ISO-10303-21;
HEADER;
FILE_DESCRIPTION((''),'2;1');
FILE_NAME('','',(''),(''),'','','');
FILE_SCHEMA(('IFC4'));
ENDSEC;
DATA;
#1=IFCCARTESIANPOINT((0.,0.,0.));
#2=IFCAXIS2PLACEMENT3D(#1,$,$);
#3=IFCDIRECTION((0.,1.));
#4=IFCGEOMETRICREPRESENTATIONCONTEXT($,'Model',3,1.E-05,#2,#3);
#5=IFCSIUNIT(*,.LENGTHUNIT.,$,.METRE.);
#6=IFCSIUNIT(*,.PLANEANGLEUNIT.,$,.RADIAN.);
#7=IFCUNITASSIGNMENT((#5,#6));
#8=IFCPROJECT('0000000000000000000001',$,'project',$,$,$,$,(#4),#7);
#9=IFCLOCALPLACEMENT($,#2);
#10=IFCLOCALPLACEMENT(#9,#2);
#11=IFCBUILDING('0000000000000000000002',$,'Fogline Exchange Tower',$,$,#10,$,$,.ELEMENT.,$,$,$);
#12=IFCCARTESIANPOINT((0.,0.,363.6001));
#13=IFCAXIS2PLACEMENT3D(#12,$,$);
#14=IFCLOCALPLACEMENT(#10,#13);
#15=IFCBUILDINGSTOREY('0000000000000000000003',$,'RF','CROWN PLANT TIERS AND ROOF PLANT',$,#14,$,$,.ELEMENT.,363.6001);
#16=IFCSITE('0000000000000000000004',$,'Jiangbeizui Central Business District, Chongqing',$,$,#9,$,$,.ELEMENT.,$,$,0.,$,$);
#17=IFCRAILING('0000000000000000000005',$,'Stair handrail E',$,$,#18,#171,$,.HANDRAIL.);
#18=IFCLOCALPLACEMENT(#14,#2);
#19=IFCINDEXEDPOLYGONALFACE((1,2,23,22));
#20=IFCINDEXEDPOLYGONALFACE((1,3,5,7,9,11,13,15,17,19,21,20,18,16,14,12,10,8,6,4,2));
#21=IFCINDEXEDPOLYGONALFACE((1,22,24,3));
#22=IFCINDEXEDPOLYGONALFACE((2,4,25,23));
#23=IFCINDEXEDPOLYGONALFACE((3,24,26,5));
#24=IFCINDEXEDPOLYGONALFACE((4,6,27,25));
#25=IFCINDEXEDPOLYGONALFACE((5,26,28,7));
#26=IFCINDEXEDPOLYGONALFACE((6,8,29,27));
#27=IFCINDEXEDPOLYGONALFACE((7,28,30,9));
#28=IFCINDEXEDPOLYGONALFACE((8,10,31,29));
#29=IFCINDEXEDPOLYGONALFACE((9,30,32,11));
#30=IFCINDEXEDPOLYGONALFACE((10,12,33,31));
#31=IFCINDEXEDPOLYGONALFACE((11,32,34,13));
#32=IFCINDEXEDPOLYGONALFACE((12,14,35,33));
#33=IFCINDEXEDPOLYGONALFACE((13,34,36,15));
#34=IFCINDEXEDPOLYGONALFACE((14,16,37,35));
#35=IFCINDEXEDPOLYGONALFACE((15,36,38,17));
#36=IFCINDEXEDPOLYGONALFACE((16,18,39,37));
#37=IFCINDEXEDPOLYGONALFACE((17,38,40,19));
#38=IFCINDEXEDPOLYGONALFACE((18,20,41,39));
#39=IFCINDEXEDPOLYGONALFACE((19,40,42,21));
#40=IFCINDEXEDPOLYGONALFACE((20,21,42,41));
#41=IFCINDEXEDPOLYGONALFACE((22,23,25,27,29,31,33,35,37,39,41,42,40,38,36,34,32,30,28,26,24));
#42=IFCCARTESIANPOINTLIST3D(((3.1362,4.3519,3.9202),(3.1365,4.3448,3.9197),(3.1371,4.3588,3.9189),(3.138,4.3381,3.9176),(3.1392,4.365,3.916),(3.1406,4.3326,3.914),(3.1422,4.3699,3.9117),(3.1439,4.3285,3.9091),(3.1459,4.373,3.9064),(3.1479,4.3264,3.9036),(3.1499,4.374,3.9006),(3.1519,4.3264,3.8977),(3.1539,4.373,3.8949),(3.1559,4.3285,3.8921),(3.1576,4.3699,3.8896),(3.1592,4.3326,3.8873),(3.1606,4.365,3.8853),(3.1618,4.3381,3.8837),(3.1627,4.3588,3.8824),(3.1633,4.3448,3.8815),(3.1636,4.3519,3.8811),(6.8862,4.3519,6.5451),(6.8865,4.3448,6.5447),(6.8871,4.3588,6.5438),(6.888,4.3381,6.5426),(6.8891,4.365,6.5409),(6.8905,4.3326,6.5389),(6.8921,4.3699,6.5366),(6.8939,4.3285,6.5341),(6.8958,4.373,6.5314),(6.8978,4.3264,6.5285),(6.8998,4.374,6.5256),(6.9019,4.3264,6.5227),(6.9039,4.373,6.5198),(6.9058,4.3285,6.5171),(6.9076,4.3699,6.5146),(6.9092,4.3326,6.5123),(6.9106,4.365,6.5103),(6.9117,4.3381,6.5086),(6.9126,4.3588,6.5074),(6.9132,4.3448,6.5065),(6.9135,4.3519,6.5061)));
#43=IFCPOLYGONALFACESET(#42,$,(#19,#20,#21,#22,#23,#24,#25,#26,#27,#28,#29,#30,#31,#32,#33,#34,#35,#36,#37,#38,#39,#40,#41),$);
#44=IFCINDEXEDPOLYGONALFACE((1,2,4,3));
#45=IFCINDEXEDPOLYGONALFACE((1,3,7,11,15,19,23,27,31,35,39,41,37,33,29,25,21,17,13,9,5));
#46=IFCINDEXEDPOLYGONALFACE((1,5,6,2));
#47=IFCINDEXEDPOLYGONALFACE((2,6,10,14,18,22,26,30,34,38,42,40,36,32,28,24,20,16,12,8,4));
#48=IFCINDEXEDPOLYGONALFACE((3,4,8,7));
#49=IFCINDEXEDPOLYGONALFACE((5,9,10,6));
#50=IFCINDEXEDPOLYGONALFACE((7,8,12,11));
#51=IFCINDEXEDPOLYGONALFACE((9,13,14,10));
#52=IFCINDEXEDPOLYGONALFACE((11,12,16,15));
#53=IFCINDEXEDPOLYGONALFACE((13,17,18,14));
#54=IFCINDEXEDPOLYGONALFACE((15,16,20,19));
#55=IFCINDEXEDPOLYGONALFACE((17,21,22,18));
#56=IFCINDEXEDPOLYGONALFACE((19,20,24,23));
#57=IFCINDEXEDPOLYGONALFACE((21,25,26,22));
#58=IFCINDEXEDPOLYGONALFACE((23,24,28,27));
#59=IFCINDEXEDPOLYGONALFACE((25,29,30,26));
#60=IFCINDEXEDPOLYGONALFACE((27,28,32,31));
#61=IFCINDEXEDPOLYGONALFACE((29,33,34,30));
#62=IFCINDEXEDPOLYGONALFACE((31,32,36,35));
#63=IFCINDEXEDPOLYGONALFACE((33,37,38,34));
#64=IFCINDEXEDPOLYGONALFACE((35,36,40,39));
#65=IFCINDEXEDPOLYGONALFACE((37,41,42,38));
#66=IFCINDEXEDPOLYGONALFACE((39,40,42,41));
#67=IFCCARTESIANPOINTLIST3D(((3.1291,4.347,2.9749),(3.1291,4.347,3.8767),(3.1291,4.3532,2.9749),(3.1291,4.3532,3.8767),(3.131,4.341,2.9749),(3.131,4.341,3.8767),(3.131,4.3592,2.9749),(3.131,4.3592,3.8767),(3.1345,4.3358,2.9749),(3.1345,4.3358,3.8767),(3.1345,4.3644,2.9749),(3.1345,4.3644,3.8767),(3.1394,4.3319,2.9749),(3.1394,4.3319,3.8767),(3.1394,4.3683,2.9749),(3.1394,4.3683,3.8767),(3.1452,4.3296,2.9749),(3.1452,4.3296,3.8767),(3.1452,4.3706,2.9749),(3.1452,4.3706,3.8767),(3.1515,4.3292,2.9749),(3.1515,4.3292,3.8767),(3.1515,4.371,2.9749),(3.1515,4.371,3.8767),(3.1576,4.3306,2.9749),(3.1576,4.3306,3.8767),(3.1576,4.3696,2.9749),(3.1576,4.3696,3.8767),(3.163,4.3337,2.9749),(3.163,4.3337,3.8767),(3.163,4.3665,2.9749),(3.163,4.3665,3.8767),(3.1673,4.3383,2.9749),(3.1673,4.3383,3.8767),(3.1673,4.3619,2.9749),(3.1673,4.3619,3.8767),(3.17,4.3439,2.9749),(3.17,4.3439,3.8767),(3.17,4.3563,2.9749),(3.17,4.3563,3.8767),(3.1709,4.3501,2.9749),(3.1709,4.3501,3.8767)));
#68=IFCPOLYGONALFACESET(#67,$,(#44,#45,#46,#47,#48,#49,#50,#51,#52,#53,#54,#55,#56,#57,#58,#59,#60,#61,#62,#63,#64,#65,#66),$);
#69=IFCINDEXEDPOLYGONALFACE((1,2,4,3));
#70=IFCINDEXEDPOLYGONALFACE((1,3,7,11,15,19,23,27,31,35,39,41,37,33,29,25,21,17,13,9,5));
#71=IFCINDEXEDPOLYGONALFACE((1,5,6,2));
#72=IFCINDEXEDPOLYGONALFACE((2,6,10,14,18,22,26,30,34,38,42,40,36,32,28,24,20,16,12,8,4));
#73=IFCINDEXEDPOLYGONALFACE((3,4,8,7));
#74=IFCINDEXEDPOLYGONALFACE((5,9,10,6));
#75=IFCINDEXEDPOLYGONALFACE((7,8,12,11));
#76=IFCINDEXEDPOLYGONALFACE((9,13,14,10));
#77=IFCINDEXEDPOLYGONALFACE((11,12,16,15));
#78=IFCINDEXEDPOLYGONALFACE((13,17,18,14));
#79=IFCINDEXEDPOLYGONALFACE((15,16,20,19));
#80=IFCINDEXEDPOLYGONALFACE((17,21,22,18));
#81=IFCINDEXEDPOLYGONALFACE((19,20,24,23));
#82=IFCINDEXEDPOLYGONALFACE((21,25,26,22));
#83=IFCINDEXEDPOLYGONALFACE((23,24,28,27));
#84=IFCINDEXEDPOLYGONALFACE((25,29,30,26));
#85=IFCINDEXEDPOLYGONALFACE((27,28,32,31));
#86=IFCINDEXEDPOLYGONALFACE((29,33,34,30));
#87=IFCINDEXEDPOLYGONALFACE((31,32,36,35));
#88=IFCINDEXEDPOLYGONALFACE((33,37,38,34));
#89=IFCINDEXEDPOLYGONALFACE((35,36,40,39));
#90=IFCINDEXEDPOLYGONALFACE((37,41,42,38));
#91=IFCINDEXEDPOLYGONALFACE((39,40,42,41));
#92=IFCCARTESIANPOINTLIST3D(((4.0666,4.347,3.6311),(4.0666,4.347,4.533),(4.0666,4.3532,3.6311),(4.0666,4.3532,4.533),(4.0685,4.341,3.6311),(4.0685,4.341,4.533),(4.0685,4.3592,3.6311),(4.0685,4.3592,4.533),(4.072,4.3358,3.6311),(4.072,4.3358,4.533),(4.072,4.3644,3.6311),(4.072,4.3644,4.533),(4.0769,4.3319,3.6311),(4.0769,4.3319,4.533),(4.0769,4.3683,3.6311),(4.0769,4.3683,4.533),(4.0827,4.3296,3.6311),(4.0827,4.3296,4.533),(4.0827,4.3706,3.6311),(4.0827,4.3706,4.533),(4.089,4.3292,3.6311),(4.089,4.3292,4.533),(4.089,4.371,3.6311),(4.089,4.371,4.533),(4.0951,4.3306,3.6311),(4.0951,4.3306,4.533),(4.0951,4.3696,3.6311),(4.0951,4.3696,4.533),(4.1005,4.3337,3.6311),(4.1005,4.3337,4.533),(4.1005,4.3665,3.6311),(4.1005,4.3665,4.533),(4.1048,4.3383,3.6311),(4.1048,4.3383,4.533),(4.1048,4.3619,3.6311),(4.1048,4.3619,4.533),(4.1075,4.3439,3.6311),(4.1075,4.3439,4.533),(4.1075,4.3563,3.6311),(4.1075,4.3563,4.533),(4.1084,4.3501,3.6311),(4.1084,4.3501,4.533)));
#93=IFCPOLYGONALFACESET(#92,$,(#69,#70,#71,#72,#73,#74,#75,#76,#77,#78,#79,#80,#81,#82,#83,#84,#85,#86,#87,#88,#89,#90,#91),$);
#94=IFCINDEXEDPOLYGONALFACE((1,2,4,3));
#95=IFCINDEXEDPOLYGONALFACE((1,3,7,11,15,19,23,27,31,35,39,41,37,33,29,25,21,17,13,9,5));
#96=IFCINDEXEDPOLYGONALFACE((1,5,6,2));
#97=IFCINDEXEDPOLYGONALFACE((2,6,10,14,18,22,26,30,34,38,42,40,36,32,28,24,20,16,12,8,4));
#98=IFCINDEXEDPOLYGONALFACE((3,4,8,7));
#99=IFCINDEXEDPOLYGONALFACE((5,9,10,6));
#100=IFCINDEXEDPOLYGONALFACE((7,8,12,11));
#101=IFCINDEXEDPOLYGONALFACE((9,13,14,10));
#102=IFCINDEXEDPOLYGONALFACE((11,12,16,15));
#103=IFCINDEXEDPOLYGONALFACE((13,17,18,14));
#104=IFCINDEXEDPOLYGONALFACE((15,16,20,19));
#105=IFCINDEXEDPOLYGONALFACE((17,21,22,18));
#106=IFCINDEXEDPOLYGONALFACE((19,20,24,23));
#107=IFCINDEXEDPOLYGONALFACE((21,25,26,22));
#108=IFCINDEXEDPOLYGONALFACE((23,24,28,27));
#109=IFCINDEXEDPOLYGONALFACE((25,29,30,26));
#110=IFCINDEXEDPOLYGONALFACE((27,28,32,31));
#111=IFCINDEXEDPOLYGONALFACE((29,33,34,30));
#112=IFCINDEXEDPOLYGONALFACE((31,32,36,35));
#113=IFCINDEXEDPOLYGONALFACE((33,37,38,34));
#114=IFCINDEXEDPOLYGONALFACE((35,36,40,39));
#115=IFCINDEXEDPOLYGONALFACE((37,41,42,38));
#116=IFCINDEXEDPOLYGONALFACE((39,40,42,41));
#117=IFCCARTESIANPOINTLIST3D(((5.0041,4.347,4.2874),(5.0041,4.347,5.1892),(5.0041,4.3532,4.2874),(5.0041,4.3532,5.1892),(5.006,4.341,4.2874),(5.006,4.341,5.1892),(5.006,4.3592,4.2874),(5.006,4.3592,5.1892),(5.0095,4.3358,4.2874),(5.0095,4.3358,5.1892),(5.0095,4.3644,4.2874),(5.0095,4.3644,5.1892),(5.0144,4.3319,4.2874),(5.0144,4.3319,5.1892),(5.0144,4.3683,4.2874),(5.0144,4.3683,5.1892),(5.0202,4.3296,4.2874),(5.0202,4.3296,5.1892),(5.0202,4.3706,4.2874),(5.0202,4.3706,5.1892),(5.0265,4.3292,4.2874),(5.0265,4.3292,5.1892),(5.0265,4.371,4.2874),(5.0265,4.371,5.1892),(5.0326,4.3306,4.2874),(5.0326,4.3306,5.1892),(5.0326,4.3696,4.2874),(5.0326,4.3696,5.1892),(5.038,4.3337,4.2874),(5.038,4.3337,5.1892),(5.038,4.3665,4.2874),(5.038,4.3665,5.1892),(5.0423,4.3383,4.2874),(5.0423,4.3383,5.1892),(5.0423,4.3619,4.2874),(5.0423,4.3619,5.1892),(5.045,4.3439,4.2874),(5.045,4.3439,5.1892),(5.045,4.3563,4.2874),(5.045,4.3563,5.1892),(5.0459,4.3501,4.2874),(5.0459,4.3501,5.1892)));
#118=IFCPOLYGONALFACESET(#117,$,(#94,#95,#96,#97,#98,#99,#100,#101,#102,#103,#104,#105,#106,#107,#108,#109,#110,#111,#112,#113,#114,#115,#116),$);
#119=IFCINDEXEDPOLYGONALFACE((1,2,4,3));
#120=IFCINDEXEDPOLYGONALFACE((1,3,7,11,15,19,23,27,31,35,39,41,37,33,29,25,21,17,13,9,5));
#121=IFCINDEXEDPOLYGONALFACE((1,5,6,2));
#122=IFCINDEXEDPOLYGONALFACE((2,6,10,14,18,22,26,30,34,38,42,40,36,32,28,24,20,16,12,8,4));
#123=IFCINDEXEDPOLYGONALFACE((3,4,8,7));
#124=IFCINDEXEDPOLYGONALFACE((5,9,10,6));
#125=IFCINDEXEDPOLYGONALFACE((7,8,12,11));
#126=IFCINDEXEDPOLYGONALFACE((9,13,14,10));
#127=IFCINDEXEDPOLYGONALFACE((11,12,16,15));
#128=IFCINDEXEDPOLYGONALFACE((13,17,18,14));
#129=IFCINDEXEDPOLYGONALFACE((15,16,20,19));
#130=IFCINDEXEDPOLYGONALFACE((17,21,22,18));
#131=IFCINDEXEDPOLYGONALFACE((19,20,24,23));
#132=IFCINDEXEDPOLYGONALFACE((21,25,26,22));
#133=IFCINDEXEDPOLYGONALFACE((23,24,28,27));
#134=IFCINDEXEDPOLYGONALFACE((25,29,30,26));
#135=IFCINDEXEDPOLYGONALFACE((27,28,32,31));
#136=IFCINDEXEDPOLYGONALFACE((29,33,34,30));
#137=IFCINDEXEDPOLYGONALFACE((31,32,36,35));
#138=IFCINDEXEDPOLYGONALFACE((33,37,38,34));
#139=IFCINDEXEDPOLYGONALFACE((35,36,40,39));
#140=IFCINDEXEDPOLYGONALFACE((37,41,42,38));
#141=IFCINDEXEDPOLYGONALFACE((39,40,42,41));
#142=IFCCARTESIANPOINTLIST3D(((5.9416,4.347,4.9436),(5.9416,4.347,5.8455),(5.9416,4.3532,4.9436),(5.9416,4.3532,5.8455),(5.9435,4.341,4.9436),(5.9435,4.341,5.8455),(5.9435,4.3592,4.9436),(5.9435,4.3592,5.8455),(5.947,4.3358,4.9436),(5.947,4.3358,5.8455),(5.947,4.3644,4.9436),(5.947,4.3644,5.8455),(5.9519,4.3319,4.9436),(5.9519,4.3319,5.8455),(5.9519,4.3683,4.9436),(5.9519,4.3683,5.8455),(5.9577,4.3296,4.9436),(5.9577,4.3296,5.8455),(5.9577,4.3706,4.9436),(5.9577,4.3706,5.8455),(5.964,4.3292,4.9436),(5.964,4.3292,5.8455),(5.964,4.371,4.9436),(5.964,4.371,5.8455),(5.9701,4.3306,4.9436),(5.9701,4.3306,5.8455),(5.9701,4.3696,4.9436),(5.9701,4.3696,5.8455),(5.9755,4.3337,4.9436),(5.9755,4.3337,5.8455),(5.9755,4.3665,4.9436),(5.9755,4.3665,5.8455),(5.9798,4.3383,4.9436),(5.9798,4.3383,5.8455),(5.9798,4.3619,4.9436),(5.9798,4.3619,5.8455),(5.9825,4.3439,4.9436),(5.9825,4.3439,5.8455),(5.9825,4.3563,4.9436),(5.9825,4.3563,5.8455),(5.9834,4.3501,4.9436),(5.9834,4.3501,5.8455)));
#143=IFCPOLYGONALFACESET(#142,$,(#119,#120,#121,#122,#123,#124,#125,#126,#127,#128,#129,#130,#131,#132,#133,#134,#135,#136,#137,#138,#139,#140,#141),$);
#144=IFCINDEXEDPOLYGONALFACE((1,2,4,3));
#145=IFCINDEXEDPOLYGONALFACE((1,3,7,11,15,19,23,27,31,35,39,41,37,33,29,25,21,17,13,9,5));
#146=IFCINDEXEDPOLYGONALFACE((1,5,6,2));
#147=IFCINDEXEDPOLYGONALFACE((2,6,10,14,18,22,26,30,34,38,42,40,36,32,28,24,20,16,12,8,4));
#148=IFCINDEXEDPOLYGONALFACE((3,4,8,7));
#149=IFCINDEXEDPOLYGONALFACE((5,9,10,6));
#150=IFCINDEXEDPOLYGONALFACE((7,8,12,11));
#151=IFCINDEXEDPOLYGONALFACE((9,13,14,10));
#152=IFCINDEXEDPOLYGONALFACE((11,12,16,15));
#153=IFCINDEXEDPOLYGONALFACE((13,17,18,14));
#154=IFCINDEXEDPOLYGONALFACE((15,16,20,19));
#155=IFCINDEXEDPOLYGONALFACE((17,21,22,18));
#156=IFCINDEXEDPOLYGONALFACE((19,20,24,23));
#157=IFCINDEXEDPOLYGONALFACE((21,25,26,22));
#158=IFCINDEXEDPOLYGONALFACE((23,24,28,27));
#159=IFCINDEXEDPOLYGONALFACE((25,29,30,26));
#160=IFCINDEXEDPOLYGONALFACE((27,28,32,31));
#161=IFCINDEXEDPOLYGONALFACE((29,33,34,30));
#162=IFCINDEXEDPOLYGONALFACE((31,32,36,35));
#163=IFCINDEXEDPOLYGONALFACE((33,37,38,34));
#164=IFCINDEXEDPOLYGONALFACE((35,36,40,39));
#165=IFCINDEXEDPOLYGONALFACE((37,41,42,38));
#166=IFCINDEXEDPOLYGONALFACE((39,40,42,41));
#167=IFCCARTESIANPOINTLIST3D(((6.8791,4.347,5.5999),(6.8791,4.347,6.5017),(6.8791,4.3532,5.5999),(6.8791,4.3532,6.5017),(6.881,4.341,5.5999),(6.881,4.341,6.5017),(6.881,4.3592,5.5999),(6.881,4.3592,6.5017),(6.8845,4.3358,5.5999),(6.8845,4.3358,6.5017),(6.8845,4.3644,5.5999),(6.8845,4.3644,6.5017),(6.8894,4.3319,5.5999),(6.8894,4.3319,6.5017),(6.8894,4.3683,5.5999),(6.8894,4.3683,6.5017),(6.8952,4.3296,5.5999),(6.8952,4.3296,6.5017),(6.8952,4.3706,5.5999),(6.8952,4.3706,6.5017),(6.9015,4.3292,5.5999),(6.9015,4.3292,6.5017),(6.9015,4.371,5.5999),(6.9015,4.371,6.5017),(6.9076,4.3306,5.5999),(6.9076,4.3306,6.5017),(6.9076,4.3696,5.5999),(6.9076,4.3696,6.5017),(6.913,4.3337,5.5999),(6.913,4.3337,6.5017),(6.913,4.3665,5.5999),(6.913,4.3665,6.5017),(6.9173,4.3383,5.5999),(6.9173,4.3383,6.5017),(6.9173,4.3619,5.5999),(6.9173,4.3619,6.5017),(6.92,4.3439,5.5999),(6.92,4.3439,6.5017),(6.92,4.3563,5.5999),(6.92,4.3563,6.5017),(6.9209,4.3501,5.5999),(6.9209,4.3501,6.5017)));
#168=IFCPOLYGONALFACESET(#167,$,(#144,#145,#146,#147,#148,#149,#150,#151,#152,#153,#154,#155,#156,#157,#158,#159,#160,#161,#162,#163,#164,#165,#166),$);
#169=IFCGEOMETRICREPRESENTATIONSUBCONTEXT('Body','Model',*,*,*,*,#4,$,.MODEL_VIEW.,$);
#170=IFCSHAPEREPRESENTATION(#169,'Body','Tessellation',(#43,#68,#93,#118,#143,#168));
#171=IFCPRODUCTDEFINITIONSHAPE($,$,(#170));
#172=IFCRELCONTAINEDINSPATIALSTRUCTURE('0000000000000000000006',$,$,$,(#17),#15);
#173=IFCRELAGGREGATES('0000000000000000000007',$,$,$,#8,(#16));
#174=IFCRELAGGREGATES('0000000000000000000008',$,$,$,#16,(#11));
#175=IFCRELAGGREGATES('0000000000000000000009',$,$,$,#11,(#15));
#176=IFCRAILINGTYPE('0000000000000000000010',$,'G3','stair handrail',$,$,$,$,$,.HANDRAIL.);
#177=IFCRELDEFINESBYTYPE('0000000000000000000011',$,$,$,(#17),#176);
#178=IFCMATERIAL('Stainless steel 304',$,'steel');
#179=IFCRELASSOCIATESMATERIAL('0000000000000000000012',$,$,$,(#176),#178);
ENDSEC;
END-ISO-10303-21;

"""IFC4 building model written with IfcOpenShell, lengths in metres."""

from ifc_helpers import new_model, si_unit, direction, frame, origin, origin_2d, place, context, subcontext, project, spatial, circle, extrude, material, type_object, element, save


model = new_model("IFC4")

# Units and contexts
model_context = context("Model", 3, precision=1e-05, world=origin(), true_north=direction((0.0, 1.0)))
body_context = subcontext(model_context, "Body", "Model", "MODEL_VIEW")
ifc_project = project(units=[si_unit("LENGTHUNIT", "METRE"), si_unit("PLANEANGLEUNIT", "RADIAN")], contexts=[model_context])

# Site, building, storey
site_placement = place(None, origin())
site = spatial("IfcSite", under=ifc_project, at=site_placement, Name="Jiangbeizui Central Business District, Chongqing", CompositionType="ELEMENT", RefElevation=0.0)
building_placement = place(site_placement, origin())
building = spatial("IfcBuilding", under=site, at=building_placement, Name="Fogline Exchange Tower", CompositionType="ELEMENT")
storey_placement = place(building_placement, frame((0.0, 0.0, 363.6001)))
storey = spatial("IfcBuildingStorey", under=building, at=storey_placement, Name="RF", Description="CROWN PLANT TIERS AND ROOF PLANT", CompositionType="ELEMENT", Elevation=363.6001)

# Railing
ifc_material_1 = material(Name="Stainless steel 304", Category="steel")
railing_type_1 = type_object("IfcRailingType", Name="G3", Description="stair handrail", PredefinedType="HANDRAIL", material=ifc_material_1)
for number, where, name in (
    (1, (3.1499, 4.3501, 2.9749), "Stair handrail E"),
):
    element("IfcRailing", number, at=place(storey_placement, frame(where)), inside=storey, type_object=railing_type_1, Name=name, PredefinedType="HANDRAIL", context=body_context, shape_type="SweptSolid", body=[
        extrude(circle(Radius=0.0239, at=origin_2d()), frame((0.0, 0.0, 0.9258), z_axis=(0.819232, 0.0, 0.573462), x_axis=(0.0, 1.0, 0.0)), (0.0, 0.0, 1.0), 4.5774),
        extrude(circle(Radius=0.021, at=origin_2d()), origin(), (0.0, 0.0, 1.0), 0.9019),
        extrude(circle(Radius=0.021, at=origin_2d()), frame((0.9375, 0.0, 0.6562)), (0.0, 0.0, 1.0), 0.9019),
        extrude(circle(Radius=0.021, at=origin_2d()), frame((1.875, 0.0, 1.3125)), (0.0, 0.0, 1.0), 0.9019),
        extrude(circle(Radius=0.021, at=origin_2d()), frame((2.8125, 0.0, 1.9688)), (0.0, 0.0, 1.0), 0.9019),
        extrude(circle(Radius=0.021, at=origin_2d()), frame((3.75, 0.0, 2.625)), (0.0, 0.0, 1.0), 0.9019),
    ])

save(model, "model.ifc")
